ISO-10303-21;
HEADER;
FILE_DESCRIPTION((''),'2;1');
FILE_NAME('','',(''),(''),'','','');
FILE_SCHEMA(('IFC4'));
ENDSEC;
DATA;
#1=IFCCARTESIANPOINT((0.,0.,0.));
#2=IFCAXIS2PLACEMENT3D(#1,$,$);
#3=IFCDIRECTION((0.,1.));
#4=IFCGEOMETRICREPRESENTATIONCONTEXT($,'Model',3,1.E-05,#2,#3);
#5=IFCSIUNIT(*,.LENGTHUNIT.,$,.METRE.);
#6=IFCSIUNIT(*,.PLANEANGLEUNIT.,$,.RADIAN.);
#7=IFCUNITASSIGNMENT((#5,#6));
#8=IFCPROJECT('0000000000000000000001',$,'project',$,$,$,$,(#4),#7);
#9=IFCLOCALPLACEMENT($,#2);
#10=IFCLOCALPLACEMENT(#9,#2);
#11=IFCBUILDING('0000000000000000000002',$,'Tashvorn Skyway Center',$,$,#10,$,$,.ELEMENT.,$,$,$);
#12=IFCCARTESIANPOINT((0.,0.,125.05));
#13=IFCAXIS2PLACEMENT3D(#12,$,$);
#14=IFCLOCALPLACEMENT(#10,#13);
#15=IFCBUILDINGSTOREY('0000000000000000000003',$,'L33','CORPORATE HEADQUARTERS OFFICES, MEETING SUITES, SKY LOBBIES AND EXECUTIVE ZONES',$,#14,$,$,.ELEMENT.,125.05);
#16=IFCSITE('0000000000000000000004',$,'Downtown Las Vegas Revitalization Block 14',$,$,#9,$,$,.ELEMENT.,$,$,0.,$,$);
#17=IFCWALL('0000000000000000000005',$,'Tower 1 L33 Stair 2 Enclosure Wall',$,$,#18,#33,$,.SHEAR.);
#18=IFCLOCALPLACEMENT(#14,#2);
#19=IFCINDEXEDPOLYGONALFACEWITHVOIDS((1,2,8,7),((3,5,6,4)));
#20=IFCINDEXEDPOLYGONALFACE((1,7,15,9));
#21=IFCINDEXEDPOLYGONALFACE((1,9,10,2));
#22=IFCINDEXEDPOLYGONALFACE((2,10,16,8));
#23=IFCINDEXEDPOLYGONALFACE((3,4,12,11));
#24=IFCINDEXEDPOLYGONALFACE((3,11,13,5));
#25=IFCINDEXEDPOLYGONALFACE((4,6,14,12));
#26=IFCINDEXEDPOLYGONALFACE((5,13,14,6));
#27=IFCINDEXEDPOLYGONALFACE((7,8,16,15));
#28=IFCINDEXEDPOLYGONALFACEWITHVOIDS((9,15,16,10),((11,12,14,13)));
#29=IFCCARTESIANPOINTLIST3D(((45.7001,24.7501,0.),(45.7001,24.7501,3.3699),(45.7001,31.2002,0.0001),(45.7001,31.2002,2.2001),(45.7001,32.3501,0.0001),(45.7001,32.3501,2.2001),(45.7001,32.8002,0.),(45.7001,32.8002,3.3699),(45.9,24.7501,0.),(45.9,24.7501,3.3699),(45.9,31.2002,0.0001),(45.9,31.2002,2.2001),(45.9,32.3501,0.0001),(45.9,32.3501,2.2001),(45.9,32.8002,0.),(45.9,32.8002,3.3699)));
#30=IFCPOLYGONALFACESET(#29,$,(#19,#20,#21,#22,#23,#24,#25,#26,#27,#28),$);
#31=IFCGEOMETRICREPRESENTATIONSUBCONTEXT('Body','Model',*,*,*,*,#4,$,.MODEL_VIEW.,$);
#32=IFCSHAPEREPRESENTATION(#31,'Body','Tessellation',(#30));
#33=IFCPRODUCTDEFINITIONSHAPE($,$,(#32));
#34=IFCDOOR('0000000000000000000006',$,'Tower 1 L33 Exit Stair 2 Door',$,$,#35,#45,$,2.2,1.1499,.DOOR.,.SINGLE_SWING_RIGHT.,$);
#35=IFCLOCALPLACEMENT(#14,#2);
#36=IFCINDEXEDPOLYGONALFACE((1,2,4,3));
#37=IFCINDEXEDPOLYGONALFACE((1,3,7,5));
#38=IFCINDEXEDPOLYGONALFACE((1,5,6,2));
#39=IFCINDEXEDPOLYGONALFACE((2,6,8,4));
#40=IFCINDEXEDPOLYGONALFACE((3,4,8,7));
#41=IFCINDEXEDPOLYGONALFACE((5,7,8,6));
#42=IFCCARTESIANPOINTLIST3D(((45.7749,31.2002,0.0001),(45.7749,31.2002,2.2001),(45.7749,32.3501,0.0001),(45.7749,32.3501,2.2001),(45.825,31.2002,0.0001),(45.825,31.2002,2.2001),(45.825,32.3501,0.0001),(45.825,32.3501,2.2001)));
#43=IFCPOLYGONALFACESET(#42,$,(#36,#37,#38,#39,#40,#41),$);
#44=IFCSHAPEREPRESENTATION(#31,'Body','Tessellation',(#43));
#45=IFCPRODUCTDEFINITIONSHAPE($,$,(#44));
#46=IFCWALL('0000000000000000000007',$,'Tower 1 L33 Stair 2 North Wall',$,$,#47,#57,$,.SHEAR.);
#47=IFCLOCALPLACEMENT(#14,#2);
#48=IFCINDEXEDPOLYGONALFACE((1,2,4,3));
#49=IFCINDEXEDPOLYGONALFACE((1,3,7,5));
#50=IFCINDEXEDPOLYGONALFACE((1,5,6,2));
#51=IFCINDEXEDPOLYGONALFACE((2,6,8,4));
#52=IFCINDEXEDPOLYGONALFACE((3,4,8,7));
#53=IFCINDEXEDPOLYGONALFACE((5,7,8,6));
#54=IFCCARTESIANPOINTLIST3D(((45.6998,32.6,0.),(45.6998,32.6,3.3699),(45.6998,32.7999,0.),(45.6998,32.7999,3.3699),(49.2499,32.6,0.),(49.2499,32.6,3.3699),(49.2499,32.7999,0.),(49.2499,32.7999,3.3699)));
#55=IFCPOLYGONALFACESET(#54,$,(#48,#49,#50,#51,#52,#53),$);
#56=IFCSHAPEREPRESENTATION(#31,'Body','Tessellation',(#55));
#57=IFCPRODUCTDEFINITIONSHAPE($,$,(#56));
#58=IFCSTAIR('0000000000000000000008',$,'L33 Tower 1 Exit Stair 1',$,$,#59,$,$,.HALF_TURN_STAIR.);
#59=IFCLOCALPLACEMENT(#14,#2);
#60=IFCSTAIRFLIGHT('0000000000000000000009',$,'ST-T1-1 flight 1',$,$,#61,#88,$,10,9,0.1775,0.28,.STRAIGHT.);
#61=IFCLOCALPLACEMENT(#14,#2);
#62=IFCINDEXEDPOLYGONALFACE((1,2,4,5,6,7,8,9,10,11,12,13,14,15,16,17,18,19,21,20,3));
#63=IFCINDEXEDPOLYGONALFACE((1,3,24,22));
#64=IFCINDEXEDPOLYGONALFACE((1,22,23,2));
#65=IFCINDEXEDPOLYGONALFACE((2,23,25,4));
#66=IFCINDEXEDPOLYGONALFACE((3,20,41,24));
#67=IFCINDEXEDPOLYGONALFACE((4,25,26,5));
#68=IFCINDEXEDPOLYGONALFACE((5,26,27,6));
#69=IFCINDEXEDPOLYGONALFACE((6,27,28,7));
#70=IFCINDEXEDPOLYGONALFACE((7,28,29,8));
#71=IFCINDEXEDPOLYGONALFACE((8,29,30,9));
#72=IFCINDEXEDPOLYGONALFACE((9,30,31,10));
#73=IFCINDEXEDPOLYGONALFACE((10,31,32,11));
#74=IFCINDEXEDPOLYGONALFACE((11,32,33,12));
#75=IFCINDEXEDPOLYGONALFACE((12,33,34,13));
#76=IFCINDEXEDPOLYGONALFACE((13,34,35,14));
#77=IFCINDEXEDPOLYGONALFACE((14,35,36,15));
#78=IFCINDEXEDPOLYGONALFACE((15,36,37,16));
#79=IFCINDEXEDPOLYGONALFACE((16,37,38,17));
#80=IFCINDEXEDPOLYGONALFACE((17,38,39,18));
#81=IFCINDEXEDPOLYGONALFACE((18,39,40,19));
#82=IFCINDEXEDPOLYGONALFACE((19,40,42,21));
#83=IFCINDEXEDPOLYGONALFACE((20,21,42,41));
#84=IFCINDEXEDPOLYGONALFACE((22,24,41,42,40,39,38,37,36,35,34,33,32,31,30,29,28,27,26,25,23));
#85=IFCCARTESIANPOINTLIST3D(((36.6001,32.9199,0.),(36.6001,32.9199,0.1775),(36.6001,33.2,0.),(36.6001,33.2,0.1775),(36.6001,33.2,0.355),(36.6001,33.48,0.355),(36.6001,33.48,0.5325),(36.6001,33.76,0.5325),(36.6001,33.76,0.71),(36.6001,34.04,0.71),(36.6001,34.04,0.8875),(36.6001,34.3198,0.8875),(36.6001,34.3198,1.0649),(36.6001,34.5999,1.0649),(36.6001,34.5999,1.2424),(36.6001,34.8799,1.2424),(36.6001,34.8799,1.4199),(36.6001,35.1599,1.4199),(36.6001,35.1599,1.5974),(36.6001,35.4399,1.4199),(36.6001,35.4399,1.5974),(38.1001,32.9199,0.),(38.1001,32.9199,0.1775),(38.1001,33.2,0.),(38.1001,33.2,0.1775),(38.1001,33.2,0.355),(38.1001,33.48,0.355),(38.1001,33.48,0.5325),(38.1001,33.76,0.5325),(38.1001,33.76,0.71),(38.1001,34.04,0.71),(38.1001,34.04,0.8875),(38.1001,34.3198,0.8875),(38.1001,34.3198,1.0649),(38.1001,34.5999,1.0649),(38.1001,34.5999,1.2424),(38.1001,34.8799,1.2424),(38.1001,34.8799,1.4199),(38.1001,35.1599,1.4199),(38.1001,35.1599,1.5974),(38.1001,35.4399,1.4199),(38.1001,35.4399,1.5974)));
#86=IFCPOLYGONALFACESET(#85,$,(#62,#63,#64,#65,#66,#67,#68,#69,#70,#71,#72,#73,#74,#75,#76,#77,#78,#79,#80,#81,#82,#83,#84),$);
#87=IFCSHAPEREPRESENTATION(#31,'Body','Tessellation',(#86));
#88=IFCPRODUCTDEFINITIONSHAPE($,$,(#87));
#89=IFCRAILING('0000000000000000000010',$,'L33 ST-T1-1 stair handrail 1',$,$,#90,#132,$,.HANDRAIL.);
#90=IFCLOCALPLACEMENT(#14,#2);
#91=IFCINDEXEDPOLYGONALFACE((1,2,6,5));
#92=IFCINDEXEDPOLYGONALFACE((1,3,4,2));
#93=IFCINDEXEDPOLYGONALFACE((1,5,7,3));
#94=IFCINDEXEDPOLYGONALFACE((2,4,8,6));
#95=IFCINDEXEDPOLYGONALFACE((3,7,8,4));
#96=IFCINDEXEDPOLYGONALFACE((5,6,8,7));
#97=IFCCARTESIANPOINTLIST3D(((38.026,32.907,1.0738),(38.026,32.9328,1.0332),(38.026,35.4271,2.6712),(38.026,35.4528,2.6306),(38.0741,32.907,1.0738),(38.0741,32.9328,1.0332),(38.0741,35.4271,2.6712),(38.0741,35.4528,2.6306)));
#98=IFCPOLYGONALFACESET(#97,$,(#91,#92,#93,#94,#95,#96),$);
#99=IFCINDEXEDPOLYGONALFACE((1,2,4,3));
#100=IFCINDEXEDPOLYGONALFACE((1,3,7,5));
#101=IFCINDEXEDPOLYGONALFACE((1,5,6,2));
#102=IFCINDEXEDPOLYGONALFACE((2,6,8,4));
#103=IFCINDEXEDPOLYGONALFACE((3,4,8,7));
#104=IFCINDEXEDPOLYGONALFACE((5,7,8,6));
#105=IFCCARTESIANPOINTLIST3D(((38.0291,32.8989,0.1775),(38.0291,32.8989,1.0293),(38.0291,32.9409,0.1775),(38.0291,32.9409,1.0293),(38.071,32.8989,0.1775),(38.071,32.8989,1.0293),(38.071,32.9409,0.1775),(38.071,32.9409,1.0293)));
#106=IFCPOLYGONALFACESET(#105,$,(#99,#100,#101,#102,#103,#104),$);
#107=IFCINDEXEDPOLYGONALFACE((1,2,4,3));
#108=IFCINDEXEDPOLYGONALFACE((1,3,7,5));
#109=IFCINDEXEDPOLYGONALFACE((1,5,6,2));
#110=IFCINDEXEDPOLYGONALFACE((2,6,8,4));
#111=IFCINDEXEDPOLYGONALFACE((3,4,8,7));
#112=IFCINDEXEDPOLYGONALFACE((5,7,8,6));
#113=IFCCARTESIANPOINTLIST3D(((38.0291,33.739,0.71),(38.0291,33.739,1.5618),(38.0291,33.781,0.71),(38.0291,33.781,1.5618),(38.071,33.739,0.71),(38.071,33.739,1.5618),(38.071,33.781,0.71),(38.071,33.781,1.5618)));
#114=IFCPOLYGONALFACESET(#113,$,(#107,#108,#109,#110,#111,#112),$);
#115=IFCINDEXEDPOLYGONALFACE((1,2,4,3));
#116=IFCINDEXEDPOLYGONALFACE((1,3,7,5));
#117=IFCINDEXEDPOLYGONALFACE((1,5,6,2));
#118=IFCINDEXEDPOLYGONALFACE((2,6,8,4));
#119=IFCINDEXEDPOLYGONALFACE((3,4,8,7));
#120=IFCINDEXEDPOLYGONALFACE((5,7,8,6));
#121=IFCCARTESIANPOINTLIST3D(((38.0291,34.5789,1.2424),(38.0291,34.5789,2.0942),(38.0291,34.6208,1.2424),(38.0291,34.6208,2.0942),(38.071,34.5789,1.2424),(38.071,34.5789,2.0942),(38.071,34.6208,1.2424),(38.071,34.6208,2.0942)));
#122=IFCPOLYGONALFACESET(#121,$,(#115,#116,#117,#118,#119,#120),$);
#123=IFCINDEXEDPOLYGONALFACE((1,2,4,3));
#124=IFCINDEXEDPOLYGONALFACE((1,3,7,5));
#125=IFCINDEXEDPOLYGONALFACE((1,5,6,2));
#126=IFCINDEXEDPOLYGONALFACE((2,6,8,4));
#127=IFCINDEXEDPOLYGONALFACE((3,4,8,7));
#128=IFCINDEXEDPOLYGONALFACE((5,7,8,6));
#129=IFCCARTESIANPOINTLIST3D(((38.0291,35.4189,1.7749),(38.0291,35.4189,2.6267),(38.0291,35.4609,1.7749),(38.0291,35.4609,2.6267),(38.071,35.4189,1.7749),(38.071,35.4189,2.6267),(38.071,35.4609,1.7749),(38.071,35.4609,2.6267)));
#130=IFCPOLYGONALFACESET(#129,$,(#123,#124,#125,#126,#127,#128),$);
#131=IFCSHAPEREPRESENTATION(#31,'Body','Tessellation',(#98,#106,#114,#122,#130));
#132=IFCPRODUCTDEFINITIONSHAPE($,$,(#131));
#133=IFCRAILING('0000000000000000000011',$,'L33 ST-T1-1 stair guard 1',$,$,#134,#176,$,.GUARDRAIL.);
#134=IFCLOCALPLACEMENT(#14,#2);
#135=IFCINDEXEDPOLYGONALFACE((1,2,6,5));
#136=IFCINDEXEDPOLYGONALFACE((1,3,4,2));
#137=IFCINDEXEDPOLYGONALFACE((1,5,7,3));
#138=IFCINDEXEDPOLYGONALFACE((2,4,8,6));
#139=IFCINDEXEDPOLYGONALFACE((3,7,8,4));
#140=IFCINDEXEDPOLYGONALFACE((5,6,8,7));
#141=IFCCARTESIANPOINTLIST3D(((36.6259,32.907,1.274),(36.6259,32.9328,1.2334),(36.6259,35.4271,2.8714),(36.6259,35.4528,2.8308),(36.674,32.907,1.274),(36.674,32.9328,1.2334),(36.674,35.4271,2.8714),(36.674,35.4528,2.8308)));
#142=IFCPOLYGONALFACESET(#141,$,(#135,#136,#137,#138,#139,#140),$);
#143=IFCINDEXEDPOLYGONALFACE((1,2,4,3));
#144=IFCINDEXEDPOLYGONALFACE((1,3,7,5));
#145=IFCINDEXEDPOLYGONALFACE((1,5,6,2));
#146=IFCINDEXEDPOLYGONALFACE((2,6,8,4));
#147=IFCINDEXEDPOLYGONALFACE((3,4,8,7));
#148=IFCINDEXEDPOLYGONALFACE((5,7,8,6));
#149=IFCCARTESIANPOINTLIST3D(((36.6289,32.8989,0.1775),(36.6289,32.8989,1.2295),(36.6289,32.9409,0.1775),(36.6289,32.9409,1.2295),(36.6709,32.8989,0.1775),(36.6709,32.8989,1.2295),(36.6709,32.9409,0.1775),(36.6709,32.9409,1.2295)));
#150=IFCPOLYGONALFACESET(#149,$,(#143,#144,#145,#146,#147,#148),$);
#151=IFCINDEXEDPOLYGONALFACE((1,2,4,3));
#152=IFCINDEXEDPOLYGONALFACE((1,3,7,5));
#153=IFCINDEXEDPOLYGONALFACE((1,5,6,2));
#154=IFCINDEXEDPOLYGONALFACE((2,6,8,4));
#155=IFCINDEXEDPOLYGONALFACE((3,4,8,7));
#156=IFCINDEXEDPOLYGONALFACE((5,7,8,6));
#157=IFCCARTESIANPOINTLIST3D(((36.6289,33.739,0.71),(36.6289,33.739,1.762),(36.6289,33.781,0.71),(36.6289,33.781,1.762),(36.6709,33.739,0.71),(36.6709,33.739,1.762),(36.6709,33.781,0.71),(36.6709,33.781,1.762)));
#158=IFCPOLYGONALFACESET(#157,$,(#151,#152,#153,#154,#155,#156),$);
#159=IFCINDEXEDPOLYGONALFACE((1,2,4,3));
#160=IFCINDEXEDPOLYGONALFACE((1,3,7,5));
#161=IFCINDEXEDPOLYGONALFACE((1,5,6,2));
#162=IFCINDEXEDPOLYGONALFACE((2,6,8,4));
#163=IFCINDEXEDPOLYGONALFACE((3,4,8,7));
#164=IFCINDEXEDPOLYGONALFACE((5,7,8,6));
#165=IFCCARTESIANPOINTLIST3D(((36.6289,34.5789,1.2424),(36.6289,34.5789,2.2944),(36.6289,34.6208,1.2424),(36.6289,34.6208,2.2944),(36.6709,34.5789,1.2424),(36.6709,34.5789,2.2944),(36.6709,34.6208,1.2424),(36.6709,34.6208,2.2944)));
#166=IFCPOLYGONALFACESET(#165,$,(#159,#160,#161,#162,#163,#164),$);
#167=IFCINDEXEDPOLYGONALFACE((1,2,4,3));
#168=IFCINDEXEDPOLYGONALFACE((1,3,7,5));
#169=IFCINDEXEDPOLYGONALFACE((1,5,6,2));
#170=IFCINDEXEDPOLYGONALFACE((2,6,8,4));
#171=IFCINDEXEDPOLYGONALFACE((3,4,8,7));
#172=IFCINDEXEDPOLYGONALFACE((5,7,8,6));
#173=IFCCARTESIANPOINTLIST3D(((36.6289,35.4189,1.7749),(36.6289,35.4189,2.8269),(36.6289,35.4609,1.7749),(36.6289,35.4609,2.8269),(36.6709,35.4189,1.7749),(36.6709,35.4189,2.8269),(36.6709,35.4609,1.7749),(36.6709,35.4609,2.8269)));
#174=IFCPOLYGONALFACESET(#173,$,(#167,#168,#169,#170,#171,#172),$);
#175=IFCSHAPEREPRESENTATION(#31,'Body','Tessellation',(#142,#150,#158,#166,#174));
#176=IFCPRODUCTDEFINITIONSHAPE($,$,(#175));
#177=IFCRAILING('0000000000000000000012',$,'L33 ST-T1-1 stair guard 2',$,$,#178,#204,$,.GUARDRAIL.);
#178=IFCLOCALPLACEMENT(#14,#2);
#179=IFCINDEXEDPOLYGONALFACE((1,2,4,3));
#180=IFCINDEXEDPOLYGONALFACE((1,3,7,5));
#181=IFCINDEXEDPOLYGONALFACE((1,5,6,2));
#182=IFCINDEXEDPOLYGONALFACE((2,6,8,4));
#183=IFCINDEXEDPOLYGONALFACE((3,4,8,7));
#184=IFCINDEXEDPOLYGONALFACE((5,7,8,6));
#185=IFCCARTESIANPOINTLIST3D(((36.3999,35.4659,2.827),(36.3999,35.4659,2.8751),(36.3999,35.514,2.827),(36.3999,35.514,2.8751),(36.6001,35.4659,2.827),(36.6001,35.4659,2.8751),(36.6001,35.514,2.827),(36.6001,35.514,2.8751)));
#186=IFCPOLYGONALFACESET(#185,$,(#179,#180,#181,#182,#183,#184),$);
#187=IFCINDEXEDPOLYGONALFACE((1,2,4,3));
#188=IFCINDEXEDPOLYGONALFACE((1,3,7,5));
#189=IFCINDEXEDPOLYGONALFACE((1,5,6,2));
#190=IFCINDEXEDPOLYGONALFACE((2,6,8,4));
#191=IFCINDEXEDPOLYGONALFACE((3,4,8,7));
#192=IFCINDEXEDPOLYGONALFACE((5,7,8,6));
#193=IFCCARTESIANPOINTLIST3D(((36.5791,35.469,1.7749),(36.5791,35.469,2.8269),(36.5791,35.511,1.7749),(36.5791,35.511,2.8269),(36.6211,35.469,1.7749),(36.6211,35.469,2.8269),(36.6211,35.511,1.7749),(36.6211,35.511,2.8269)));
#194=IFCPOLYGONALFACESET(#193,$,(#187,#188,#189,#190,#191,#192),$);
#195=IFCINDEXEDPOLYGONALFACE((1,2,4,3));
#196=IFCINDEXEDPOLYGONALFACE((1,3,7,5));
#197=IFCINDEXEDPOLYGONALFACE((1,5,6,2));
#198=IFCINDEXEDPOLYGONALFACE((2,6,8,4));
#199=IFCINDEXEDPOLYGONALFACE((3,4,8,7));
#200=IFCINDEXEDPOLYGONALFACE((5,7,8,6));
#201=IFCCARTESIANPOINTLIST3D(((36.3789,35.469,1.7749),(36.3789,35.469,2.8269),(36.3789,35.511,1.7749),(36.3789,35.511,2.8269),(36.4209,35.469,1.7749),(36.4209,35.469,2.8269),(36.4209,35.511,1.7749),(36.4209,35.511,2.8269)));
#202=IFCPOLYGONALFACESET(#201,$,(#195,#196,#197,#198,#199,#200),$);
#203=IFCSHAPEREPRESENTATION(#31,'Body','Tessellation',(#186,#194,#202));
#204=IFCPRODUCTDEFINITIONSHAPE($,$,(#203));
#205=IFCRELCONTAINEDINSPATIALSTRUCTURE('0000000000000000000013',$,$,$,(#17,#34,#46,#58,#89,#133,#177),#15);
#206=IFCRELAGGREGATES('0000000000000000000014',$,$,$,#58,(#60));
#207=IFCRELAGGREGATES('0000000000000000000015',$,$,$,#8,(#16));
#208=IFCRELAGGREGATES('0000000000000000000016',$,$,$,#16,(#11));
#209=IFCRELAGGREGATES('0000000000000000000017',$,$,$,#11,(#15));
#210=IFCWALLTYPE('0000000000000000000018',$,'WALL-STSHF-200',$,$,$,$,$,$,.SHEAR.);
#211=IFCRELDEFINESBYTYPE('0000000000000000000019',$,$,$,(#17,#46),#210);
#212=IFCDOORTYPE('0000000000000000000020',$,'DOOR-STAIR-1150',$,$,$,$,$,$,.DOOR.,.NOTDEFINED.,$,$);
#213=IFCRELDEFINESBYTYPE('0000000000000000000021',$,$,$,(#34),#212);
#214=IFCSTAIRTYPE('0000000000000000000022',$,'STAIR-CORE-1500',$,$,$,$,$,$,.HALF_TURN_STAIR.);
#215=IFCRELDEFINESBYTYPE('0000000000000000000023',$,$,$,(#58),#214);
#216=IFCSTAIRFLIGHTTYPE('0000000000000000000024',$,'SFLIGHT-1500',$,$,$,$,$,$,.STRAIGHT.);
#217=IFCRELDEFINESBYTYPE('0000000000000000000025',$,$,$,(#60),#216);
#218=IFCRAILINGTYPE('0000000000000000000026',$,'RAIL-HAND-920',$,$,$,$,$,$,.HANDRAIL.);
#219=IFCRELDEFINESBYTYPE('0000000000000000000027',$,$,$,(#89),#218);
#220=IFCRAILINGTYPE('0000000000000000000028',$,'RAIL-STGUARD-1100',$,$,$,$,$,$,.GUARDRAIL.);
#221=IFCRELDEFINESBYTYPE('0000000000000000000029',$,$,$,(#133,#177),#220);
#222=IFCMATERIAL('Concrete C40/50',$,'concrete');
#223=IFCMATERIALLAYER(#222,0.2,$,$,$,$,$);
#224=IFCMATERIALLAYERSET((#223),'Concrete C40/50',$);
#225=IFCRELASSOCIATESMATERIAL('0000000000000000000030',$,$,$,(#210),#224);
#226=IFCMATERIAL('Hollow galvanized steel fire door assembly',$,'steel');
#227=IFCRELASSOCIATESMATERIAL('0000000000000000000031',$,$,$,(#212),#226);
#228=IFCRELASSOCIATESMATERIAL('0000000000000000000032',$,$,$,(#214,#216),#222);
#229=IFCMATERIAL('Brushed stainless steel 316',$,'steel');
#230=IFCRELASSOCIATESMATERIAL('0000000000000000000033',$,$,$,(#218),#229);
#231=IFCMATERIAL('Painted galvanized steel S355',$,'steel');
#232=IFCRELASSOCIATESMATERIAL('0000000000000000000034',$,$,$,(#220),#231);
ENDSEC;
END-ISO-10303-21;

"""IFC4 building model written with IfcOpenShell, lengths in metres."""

from ifc_helpers import new_model, si_unit, direction, frame, frame_2d, origin, origin_2d, place, context, subcontext, project, spatial, polyline, rectangle, outline, extrude, material, layer, layer_set, type_object, element, fill, aggregate, save


model = new_model("IFC4")

# Units and contexts
model_context = context("Model", 3, precision=1e-05, world=origin(), true_north=direction((0.0, 1.0)))
body_context = subcontext(model_context, "Body", "Model", "MODEL_VIEW")
ifc_project = project(units=[si_unit("LENGTHUNIT", "METRE"), si_unit("PLANEANGLEUNIT", "RADIAN")], contexts=[model_context])

# Site, building, storey
site_placement = place(None, origin())
site = spatial("IfcSite", under=ifc_project, at=site_placement, Name="Downtown Las Vegas Revitalization Block 14", CompositionType="ELEMENT", RefElevation=0.0)
building_placement = place(site_placement, origin())
building = spatial("IfcBuilding", under=site, at=building_placement, Name="Tashvorn Skyway Center", CompositionType="ELEMENT")
storey_placement = place(building_placement, frame((0.0, 0.0, 125.05)))
storey = spatial("IfcBuildingStorey", under=building, at=storey_placement, Name="L33", Description="CORPORATE HEADQUARTERS OFFICES, MEETING SUITES, SKY LOBBIES AND EXECUTIVE ZONES", CompositionType="ELEMENT", Elevation=125.05)

# Shared definitions
ifc_material_1 = material(Name="Concrete C40/50", Category="concrete")

# Wall, opening, door
ifc_layer_1 = layer(ifc_material_1, 0.2)
ifc_layer_set_1 = layer_set([ifc_layer_1], Name="Concrete C40/50")
wall_type_1 = type_object("IfcWallType", Name="WALL-STSHF-200", PredefinedType="SHEAR", material=ifc_layer_set_1)
wall_1_placement = place(storey_placement, frame((45.8, 32.8, 0.0), z_axis=(0.0, 0.0, 1.0), x_axis=(0.0, -1.0, 0.0)))
wall_1 = element("IfcWall", 1, at=wall_1_placement, inside=storey, type_object=wall_type_1, Name="Tower 1 L33 Stair 2 Enclosure Wall", PredefinedType="SHEAR", context=body_context, shape_type="SweptSolid", body=[
    extrude(rectangle(XDim=8.05, YDim=0.2, at=frame_2d((4.0249, 0.0))), origin(), (0.0, 0.0, 1.0), 3.3699),
])
opening_1_placement = place(wall_1_placement, frame((0.45, 0.0, 0.0)))
opening_1 = element("IfcOpeningElement", 2, at=opening_1_placement, cuts=wall_1, PredefinedType="OPENING", context=body_context, shape_type="SweptSolid", body=[
    extrude(rectangle(XDim=1.1499, YDim=2.2, at=frame_2d((0.575, 1.1001))), frame((0.0, 0.1099, 0.0), z_axis=(0.0, -1.0, 0.0), x_axis=(1.0, 0.0, 0.0)), (0.0, 0.0, 1.0), 0.22),
])
ifc_material_2 = material(Name="Hollow galvanized steel fire door assembly", Category="steel")
door_type_1 = type_object("IfcDoorType", Name="DOOR-STAIR-1150", OperationType="NOTDEFINED", PredefinedType="DOOR", material=ifc_material_2)
door_1_placement = place(opening_1_placement, origin())
door_1 = element("IfcDoor", 3, at=door_1_placement, inside=storey, type_object=door_type_1, Name="Tower 1 L33 Exit Stair 2 Door", OperationType="SINGLE_SWING_RIGHT", OverallHeight=2.2, OverallWidth=1.1499, PredefinedType="DOOR", context=body_context, shape_type="SweptSolid", body=[
    extrude(rectangle(XDim=1.1499, YDim=2.2, at=frame_2d((0.575, 1.1001))), frame((0.0, 0.0249, 0.0), z_axis=(0.0, -1.0, 0.0), x_axis=(1.0, 0.0, 0.0)), (0.0, 0.0, 1.0), 0.05),
])
fill(opening_1, door_1)

# Wall
wall_2_placement = place(storey_placement, frame((45.7, 32.7, 0.0), z_axis=(0.0, 0.0, 1.0), x_axis=(1.0, 0.0, 0.0)))
element("IfcWall", 4, at=wall_2_placement, inside=storey, type_object=wall_type_1, Name="Tower 1 L33 Stair 2 North Wall", PredefinedType="SHEAR", context=body_context, shape_type="SweptSolid", body=[
    extrude(rectangle(XDim=3.55, YDim=0.2, at=frame_2d((1.7749, 0.0))), origin(), (0.0, 0.0, 1.0), 3.3699),
])

# Stair, stair flight
stair_type = type_object("IfcStairType", Name="STAIR-CORE-1500", PredefinedType="HALF_TURN_STAIR", material=ifc_material_1)
stair_placement = place(storey_placement, origin())
stair = element("IfcStair", 5, at=stair_placement, inside=storey, type_object=stair_type, Name="L33 Tower 1 Exit Stair 1", PredefinedType="HALF_TURN_STAIR")
stair_flight_type = type_object("IfcStairFlightType", Name="SFLIGHT-1500", PredefinedType="STRAIGHT", material=ifc_material_1)
stair_flight_placement = place(storey_placement, frame((37.3501, 32.9199, 0.0), z_axis=(0.0, 0.0, 1.0), x_axis=(0.0, 1.0, 0.0)))
stair_flight = element("IfcStairFlight", 6, at=stair_flight_placement, type_object=stair_flight_type, Name="ST-T1-1 flight 1", NumberOfRisers=10, NumberOfTreads=9, PredefinedType="STRAIGHT", RiserHeight=0.1775, TreadLength=0.28, context=body_context, shape_type="SweptSolid", body=[
    extrude(outline(polyline([(0.0, 0.0), (0.0, 0.1775), (0.28, 0.1775), (0.28, 0.355), (0.5601, 0.355), (0.5601, 0.5325), (0.8401, 0.5325), (0.8401, 0.71), (1.1201, 0.71), (1.1201, 0.8875), (1.3999, 0.8875), (1.3999, 1.0649), (1.6799, 1.0649), (1.6799, 1.2424), (1.96, 1.2424), (1.96, 1.4199), (2.24, 1.4199), (2.24, 1.5974), (2.52, 1.5974), (2.52, 1.7749), (2.52, 1.4199), (0.28, 0.0), (0.0, 0.0)])), frame((0.0, 0.75, 0.0), z_axis=(0.0, -1.0, 0.0), x_axis=(1.0, 0.0, 0.0)), (0.0, 0.0, 1.0), 1.5),
])
aggregate(stair, [stair_flight])

# Railings
ifc_material_3 = material(Name="Brushed stainless steel 316", Category="steel")
railing_type_1 = type_object("IfcRailingType", Name="RAIL-HAND-920", PredefinedType="HANDRAIL", material=ifc_material_3)
railing_1_placement = place(storey_placement, frame((38.05, 32.9199, 0.1775)))
element("IfcRailing", 7, at=railing_1_placement, inside=storey, type_object=railing_type_1, Name="L33 ST-T1-1 stair handrail 1", PredefinedType="HANDRAIL", context=body_context, shape_type="SweptSolid", body=[
    extrude(rectangle(XDim=0.0481, YDim=0.0481, at=origin_2d()), frame((0.0, 0.0, 0.876), z_axis=(0.0, 0.844607, 0.535387), x_axis=(-1.0, 0.0, 0.0)), (0.0, 0.0, 1.0), 2.9836),
    extrude(rectangle(XDim=0.042, YDim=0.042, at=origin_2d()), origin(), (0.0, 0.0, 1.0), 0.8518),
    extrude(rectangle(XDim=0.042, YDim=0.042, at=origin_2d()), frame((0.0, 0.8401, 0.5325)), (0.0, 0.0, 1.0), 0.8518),
    extrude(rectangle(XDim=0.042, YDim=0.042, at=origin_2d()), frame((0.0, 1.6799, 1.0649)), (0.0, 0.0, 1.0), 0.8518),
    extrude(rectangle(XDim=0.042, YDim=0.042, at=origin_2d()), frame((0.0, 2.52, 1.5974)), (0.0, 0.0, 1.0), 0.8518),
])
ifc_material_4 = material(Name="Painted galvanized steel S355", Category="steel")
railing_type_2 = type_object("IfcRailingType", Name="RAIL-STGUARD-1100", PredefinedType="GUARDRAIL", material=ifc_material_4)
railing_2_placement = place(storey_placement, frame((36.6499, 32.9199, 0.1775)))
element("IfcRailing", 8, at=railing_2_placement, inside=storey, type_object=railing_type_2, Name="L33 ST-T1-1 stair guard 1", PredefinedType="GUARDRAIL", context=body_context, shape_type="SweptSolid", body=[
    extrude(rectangle(XDim=0.0481, YDim=0.0481, at=origin_2d()), frame((0.0, 0.0, 1.0762), z_axis=(0.0, 0.844607, 0.535387), x_axis=(-1.0, 0.0, 0.0)), (0.0, 0.0, 1.0), 2.9836),
    extrude(rectangle(XDim=0.042, YDim=0.042, at=origin_2d()), origin(), (0.0, 0.0, 1.0), 1.052),
    extrude(rectangle(XDim=0.042, YDim=0.042, at=origin_2d()), frame((0.0, 0.8401, 0.5325)), (0.0, 0.0, 1.0), 1.052),
    extrude(rectangle(XDim=0.042, YDim=0.042, at=origin_2d()), frame((0.0, 1.6799, 1.0649)), (0.0, 0.0, 1.0), 1.052),
    extrude(rectangle(XDim=0.042, YDim=0.042, at=origin_2d()), frame((0.0, 2.52, 1.5974)), (0.0, 0.0, 1.0), 1.052),
])
for number, where, name in (
    (9, (36.6001, 35.49, 1.7749), "L33 ST-T1-1 stair guard 2"),
):
    element("IfcRailing", number, at=place(storey_placement, frame(where)), inside=storey, type_object=railing_type_2, Name=name, PredefinedType="GUARDRAIL", context=body_context, shape_type="SweptSolid", body=[
        extrude(rectangle(XDim=0.0481, YDim=0.0481, at=origin_2d()), frame((0.0, 0.0, 1.0762), z_axis=(-1.0, 0.0, 0.0), x_axis=(0.0, -1.0, 0.0)), (0.0, 0.0, 1.0), 0.2002),
        extrude(rectangle(XDim=0.042, YDim=0.042, at=origin_2d()), origin(), (0.0, 0.0, 1.0), 1.052),
        extrude(rectangle(XDim=0.042, YDim=0.042, at=origin_2d()), frame((-0.2002, 0.0, 0.0)), (0.0, 0.0, 1.0), 1.052),
    ])

save(model, "model.ifc")
